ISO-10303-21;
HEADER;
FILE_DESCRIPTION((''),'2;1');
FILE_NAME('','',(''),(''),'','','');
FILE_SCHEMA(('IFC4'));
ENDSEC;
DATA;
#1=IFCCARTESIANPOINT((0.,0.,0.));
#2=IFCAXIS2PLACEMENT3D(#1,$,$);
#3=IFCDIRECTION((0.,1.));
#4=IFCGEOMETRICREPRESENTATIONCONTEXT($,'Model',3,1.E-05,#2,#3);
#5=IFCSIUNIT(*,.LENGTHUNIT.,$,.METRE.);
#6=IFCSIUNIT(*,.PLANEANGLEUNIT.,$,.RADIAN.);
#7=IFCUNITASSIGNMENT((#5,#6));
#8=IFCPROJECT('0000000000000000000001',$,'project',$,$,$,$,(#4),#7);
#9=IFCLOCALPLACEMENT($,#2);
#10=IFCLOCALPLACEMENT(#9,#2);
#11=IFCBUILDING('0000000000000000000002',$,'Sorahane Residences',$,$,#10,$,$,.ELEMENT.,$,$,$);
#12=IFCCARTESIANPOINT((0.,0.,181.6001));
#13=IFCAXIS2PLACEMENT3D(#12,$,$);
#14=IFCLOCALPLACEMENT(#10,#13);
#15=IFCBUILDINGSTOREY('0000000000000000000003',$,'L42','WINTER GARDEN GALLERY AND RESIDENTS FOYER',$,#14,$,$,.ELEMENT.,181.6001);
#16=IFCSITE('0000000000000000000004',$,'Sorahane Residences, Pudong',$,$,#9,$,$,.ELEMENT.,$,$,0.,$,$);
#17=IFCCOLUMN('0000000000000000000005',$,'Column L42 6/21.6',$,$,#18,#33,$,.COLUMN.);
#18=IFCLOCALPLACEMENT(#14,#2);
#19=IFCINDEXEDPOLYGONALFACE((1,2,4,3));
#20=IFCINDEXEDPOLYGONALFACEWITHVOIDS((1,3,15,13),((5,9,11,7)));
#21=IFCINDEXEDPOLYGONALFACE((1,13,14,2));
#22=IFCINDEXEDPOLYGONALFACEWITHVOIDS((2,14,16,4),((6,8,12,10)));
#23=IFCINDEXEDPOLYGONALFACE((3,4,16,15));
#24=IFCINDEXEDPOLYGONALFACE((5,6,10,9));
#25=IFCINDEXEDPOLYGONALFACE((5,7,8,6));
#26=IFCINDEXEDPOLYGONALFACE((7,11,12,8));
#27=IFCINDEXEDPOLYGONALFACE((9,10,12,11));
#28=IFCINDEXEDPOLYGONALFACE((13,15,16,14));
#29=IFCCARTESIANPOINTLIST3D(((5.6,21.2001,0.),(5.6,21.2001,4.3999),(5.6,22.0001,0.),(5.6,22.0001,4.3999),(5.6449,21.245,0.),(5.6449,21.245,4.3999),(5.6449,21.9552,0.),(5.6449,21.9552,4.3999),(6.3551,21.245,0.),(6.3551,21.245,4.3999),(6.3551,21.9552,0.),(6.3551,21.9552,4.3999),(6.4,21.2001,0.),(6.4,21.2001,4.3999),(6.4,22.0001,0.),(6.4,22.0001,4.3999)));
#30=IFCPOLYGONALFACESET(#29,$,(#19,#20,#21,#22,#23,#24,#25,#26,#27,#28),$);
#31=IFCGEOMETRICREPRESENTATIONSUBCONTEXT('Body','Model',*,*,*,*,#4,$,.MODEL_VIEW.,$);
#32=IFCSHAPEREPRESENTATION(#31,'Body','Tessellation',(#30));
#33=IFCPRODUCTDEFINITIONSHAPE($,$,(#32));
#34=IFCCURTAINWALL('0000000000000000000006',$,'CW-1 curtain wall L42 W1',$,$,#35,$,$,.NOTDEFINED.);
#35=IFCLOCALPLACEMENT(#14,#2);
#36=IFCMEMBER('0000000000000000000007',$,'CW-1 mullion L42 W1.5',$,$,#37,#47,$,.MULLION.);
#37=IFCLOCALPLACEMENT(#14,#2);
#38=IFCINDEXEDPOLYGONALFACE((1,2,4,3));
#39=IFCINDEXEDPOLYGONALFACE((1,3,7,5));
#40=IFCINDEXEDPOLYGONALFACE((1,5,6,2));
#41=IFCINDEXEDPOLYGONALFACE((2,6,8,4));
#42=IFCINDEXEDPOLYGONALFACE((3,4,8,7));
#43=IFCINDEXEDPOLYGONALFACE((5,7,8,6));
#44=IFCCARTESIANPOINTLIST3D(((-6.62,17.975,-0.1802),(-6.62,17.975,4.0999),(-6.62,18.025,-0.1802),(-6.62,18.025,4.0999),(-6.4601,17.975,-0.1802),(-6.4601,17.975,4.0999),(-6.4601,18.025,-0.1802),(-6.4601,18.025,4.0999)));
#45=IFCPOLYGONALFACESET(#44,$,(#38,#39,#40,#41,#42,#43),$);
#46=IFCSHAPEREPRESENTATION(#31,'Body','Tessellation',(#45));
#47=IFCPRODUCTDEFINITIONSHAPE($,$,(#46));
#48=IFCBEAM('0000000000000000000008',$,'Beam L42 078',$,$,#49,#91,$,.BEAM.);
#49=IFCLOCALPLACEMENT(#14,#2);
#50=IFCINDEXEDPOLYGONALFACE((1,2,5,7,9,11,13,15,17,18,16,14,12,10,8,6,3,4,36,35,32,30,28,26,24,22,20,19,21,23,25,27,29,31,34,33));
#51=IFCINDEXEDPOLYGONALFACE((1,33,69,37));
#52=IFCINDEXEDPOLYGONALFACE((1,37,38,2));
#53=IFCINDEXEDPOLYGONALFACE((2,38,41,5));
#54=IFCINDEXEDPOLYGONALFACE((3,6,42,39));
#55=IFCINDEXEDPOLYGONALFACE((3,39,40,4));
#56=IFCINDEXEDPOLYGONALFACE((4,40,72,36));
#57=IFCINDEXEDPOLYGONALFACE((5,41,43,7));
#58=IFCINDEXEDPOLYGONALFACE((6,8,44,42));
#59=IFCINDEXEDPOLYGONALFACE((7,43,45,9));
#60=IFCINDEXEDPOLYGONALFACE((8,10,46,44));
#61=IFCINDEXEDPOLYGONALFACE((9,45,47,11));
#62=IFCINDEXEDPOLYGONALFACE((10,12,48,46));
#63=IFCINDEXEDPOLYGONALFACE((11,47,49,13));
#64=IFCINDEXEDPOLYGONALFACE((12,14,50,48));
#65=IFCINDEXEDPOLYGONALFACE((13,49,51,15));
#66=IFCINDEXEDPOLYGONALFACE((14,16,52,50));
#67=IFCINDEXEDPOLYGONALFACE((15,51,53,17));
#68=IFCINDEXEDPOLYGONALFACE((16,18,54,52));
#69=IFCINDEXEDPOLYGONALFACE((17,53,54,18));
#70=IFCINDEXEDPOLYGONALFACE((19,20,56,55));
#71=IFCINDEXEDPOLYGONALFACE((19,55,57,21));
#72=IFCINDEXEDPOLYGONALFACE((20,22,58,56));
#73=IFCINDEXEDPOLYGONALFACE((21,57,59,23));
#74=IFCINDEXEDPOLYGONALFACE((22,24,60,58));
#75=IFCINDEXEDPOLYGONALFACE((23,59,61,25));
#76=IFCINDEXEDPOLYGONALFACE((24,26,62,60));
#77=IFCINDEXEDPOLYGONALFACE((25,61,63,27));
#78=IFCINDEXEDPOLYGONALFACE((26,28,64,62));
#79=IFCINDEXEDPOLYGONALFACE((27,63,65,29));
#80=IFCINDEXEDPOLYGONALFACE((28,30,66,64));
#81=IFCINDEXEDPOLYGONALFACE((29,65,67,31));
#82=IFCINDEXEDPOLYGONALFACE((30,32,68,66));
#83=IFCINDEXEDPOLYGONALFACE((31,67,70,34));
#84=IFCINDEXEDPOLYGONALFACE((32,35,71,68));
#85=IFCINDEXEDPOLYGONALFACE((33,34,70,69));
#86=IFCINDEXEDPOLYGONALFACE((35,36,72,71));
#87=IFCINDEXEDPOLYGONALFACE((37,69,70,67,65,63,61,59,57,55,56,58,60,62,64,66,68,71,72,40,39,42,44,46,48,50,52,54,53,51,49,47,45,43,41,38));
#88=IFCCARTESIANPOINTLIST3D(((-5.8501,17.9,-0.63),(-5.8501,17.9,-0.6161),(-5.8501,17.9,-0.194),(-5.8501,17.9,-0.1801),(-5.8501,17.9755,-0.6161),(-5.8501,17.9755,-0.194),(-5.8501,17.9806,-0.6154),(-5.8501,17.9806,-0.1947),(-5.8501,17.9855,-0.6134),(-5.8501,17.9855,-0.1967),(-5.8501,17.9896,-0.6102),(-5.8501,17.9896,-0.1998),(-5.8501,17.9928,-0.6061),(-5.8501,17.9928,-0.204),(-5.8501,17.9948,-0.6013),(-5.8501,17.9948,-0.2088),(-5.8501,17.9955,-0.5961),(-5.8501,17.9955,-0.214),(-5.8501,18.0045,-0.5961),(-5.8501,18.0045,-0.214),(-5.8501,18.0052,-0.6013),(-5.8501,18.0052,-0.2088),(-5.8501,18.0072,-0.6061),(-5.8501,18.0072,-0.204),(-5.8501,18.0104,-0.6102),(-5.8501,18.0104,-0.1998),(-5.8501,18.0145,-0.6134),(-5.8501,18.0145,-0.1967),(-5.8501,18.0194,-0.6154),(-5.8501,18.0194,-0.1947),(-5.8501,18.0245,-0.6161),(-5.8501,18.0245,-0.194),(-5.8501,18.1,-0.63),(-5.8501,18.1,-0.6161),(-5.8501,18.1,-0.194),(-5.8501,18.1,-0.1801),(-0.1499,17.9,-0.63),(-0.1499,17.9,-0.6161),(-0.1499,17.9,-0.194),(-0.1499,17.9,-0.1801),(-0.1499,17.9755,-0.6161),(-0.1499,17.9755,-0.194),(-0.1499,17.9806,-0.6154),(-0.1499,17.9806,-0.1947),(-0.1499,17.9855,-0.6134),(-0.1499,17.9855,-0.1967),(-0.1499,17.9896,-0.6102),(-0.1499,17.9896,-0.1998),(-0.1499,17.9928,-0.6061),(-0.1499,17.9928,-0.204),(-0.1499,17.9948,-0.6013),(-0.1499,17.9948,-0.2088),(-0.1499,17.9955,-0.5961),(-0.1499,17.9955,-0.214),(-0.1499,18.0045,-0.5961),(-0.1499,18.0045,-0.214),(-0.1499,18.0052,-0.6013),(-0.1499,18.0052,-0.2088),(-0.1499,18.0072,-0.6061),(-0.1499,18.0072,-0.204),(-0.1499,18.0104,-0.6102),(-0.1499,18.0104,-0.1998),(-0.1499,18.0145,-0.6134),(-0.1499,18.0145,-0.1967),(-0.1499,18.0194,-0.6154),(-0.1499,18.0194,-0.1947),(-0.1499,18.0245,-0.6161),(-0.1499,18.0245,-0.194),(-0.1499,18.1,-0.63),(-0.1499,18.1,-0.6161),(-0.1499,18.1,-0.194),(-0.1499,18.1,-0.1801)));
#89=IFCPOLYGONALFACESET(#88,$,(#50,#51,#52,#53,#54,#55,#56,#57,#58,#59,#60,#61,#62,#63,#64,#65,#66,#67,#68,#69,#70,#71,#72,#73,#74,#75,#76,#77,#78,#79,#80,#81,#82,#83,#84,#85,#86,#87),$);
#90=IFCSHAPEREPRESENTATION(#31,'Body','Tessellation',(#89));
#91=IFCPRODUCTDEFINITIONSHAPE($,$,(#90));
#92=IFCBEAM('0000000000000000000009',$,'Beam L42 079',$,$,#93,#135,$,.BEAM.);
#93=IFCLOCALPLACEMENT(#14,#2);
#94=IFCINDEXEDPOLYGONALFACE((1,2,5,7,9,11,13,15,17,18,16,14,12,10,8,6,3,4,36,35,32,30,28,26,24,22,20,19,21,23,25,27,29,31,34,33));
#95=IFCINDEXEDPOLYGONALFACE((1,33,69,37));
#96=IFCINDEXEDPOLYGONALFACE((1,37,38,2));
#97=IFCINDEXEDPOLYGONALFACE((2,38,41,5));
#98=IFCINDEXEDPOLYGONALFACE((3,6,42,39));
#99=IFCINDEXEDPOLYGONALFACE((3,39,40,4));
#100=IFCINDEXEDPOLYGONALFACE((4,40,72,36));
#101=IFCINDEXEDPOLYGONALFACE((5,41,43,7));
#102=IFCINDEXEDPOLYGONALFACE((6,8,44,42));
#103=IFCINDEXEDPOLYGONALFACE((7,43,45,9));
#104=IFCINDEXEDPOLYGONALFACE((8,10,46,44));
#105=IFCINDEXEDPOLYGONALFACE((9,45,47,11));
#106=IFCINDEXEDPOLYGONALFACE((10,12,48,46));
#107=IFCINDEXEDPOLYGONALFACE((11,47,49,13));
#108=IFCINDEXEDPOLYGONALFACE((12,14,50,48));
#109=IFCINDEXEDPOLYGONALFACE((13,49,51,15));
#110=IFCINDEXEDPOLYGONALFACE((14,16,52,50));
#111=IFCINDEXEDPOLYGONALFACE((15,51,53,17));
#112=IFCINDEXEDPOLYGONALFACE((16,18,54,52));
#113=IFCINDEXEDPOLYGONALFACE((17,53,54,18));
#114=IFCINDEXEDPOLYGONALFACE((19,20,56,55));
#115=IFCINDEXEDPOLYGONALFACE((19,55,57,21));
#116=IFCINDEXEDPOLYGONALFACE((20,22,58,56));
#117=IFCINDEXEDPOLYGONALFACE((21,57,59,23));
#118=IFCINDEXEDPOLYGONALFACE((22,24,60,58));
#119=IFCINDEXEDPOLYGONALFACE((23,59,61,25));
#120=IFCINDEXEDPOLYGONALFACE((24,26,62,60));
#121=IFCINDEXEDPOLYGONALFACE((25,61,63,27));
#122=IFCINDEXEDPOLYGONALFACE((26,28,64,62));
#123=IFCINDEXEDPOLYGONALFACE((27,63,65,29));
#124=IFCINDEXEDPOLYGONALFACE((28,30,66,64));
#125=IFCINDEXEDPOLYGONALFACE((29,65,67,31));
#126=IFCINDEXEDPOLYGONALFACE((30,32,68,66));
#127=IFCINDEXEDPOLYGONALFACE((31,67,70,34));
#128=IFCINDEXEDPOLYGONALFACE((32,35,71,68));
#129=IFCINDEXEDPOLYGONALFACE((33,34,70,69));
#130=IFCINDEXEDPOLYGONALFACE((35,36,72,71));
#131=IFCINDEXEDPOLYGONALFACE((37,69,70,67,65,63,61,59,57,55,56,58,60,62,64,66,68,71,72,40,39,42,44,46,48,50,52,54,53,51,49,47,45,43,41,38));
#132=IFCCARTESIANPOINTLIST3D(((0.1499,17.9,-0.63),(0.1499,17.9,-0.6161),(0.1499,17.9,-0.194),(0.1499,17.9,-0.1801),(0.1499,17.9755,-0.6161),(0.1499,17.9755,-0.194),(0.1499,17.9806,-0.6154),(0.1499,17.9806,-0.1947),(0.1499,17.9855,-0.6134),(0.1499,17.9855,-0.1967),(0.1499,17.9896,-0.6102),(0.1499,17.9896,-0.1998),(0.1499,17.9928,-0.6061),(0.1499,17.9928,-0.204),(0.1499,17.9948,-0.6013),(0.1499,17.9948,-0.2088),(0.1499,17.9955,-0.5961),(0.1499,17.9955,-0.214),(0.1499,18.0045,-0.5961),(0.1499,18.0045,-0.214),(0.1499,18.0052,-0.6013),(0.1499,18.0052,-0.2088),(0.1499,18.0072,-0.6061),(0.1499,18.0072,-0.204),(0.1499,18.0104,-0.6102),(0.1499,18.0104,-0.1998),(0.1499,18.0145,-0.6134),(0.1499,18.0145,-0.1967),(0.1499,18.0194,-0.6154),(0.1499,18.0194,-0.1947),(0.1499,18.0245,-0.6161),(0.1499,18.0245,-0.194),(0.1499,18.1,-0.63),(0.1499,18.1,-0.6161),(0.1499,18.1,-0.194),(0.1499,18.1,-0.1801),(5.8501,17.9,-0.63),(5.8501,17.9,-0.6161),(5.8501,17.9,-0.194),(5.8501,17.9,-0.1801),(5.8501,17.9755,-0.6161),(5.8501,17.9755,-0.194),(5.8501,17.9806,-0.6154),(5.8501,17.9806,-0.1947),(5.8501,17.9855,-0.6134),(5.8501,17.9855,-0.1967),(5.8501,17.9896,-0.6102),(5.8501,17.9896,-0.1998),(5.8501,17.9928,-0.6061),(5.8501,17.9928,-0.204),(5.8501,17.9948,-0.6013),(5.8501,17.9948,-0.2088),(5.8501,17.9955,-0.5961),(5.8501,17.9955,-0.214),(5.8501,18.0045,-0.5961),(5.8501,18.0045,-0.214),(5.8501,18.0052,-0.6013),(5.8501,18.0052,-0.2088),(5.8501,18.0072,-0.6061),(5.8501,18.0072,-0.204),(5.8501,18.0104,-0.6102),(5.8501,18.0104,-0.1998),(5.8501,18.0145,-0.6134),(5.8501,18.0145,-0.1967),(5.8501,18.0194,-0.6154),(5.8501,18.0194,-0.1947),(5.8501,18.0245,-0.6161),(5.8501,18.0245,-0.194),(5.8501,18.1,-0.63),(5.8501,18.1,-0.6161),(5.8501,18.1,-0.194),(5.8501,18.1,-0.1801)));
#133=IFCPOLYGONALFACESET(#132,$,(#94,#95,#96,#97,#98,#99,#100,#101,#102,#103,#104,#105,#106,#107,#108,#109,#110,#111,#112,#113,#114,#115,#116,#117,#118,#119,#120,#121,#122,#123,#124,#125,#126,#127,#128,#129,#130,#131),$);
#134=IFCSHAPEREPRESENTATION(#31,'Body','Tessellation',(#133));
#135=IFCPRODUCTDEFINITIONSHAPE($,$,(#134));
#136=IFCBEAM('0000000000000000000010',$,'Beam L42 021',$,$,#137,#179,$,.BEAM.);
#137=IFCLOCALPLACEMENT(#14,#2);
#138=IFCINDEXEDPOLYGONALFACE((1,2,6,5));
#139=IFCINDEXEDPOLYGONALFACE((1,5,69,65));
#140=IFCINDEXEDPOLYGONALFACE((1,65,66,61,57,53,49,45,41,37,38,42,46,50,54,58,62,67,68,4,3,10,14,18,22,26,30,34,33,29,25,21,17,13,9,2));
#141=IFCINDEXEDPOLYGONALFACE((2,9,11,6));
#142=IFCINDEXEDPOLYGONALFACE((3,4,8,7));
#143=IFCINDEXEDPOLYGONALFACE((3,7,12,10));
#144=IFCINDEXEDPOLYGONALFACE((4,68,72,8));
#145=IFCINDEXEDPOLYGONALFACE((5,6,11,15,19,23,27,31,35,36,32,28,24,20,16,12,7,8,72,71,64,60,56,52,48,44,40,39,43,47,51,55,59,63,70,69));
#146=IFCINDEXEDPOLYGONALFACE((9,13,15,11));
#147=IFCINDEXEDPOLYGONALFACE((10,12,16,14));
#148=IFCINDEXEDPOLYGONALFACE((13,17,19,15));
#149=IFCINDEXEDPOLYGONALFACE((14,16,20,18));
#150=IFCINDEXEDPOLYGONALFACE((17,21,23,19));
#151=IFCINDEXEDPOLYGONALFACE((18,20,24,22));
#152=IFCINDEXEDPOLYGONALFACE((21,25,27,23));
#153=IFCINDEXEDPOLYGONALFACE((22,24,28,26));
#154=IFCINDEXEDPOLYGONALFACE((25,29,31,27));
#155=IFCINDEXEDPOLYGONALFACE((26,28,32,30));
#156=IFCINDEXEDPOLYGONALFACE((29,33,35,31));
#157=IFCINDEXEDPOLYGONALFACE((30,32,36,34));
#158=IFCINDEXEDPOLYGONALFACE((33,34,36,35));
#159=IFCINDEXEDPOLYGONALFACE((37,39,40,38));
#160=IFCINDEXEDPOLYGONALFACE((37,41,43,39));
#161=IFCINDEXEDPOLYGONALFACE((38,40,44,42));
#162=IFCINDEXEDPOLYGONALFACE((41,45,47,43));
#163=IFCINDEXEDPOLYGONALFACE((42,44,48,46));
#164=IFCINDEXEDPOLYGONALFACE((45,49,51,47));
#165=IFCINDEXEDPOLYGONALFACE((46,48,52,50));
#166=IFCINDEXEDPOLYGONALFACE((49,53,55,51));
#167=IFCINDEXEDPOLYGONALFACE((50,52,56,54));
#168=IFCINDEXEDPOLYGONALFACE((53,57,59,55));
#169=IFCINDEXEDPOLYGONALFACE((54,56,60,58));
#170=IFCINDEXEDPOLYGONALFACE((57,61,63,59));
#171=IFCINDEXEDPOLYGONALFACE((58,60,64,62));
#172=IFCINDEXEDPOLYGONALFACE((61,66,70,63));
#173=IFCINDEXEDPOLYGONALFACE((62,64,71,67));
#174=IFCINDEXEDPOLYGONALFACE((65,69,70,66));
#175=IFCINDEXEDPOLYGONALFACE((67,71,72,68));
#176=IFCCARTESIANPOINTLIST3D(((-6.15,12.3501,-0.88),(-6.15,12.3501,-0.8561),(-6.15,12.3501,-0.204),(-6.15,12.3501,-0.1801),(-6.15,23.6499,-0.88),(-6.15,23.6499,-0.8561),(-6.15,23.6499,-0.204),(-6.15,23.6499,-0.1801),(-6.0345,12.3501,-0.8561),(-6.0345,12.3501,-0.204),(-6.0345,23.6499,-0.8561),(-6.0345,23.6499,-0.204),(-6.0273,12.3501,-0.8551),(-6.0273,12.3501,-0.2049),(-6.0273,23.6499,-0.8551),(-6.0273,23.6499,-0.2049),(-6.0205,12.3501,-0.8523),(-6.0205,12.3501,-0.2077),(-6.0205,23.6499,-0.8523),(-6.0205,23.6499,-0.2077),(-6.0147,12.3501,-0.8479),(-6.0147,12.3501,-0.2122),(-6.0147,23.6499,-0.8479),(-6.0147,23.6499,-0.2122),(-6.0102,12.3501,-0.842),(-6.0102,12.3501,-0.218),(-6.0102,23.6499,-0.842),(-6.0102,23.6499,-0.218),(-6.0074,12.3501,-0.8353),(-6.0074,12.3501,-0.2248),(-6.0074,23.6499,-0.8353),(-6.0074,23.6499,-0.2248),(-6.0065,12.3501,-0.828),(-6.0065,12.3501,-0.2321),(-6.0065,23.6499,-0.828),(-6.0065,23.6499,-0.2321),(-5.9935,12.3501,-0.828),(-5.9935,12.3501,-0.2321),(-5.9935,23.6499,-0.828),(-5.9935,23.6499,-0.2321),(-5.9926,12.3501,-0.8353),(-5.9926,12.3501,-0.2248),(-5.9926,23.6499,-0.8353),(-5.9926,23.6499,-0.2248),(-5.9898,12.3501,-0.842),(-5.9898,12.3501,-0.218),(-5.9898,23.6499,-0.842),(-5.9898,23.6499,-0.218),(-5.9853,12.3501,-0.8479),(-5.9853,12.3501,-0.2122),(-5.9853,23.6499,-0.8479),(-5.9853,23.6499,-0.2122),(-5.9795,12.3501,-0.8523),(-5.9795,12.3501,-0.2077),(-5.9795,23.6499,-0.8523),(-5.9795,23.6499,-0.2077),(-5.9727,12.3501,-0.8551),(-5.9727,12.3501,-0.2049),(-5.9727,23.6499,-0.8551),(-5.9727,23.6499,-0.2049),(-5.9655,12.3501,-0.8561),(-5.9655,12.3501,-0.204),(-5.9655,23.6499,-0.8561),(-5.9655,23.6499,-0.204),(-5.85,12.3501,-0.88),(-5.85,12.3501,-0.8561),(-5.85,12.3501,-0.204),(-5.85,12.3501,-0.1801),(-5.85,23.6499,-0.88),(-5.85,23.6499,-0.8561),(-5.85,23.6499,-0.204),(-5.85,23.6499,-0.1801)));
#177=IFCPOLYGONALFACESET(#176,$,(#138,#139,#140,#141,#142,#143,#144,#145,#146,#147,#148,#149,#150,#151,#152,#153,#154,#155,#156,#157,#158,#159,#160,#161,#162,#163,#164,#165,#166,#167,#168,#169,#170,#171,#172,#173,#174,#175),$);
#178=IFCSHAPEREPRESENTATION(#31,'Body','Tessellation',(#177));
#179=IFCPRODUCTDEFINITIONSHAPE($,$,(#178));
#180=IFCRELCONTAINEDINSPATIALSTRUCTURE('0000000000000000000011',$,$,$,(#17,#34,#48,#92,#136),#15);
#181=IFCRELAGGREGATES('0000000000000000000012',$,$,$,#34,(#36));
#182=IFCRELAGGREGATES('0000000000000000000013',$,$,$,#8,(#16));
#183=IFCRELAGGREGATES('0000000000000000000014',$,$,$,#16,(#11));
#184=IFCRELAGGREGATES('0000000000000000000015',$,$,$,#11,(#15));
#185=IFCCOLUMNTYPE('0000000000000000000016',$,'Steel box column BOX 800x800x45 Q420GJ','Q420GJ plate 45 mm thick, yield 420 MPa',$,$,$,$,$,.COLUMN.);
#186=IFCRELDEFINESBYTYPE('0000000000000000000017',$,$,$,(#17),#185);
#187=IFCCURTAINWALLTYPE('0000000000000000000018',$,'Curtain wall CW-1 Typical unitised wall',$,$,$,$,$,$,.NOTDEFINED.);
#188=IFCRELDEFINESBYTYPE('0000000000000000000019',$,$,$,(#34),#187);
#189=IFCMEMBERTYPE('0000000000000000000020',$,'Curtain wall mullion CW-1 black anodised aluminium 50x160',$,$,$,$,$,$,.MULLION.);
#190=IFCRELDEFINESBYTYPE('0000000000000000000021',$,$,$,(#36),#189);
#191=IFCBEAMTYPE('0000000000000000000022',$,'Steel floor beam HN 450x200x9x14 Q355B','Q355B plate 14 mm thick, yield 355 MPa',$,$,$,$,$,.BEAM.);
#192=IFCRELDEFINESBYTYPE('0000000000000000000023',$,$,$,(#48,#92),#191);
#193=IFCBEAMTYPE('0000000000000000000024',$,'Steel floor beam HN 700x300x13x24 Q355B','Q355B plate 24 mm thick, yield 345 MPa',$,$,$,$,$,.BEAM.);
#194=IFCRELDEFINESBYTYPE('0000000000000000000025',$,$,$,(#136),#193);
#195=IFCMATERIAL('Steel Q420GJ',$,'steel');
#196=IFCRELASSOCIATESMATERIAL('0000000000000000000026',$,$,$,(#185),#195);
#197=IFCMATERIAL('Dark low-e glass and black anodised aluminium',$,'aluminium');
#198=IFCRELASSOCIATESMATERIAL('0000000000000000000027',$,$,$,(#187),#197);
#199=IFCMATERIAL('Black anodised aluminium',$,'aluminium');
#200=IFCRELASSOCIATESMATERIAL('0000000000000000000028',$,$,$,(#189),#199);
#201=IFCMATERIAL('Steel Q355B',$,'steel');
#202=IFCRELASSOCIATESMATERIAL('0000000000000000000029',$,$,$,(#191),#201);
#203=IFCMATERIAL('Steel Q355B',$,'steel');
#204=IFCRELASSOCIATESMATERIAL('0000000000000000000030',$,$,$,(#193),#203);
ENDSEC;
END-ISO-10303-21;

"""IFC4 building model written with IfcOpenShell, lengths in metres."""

from ifc_helpers import new_model, si_unit, direction, frame, origin, origin_2d, place, context, subcontext, project, spatial, rectangle, hollow_rectangle, i_section, extrude, material, material_profile, profile_set, type_object, element, aggregate, save


model = new_model("IFC4")

# Units and contexts
model_context = context("Model", 3, precision=1e-05, world=origin(), true_north=direction((0.0, 1.0)))
body_context = subcontext(model_context, "Body", "Model", "MODEL_VIEW")
ifc_project = project(units=[si_unit("LENGTHUNIT", "METRE"), si_unit("PLANEANGLEUNIT", "RADIAN")], contexts=[model_context])

# Site, building, storey
site_placement = place(None, origin())
site = spatial("IfcSite", under=ifc_project, at=site_placement, Name="Sorahane Residences, Pudong", CompositionType="ELEMENT", RefElevation=0.0)
building_placement = place(site_placement, origin())
building = spatial("IfcBuilding", under=site, at=building_placement, Name="Sorahane Residences", CompositionType="ELEMENT")
storey_placement = place(building_placement, frame((0.0, 0.0, 181.6001)))
storey = spatial("IfcBuildingStorey", under=building, at=storey_placement, Name="L42", Description="WINTER GARDEN GALLERY AND RESIDENTS FOYER", CompositionType="ELEMENT", Elevation=181.6001)

# Column
ifc_material_1 = material(Name="Steel Q420GJ", Category="steel")
ifc_material_profile_1 = material_profile(ifc_material_1, hollow_rectangle(XDim=0.8, YDim=0.8, WallThickness=0.0449, at=origin_2d()), Name="BOX 800x800x45")
ifc_profile_set_1 = profile_set([ifc_material_profile_1], Name="Steel Q420GJ")
column_type = type_object("IfcColumnType", Name="Steel box column BOX 800x800x45 Q420GJ", Description="Q420GJ plate 45 mm thick, yield 420 MPa", PredefinedType="COLUMN", material=ifc_profile_set_1)
column_placement = place(storey_placement, frame((6.0, 21.6001, 0.0), z_axis=(0.0, 0.0, 1.0), x_axis=(1.0, 0.0, 0.0)))
element("IfcColumn", 1, at=column_placement, inside=storey, type_object=column_type, Name="Column L42 6/21.6", PredefinedType="COLUMN", context=body_context, shape_type="SweptSolid", body=[
    extrude(hollow_rectangle(XDim=0.8, YDim=0.8, WallThickness=0.0449, at=origin_2d()), origin(), (0.0, 0.0, 1.0), 4.3999),
])

# Curtain wall, member
ifc_material_2 = material(Name="Dark low-e glass and black anodised aluminium", Category="aluminium")
curtain_wall_type = type_object("IfcCurtainWallType", Name="Curtain wall CW-1 Typical unitised wall", PredefinedType="NOTDEFINED", material=ifc_material_2)
curtain_wall_placement = place(storey_placement, origin())
curtain_wall = element("IfcCurtainWall", 2, at=curtain_wall_placement, inside=storey, type_object=curtain_wall_type, Name="CW-1 curtain wall L42 W1", PredefinedType="NOTDEFINED")
ifc_material_3 = material(Name="Black anodised aluminium", Category="aluminium")
ifc_material_profile_2 = material_profile(ifc_material_3, rectangle(XDim=0.1599, YDim=0.05, at=origin_2d()), Name="Curtain wall mullion CW-1 black anodised aluminium 50x160")
ifc_profile_set_2 = profile_set([ifc_material_profile_2], Name="Black anodised aluminium")
member_type = type_object("IfcMemberType", Name="Curtain wall mullion CW-1 black anodised aluminium 50x160", PredefinedType="MULLION", material=ifc_profile_set_2)
member_placement = place(storey_placement, frame((-6.54, 18.0, -0.1802), z_axis=(0.0, 0.0, 1.0), x_axis=(-1.0, 0.0, 0.0)))
member = element("IfcMember", 3, at=member_placement, type_object=member_type, Name="CW-1 mullion L42 W1.5", PredefinedType="MULLION", context=body_context, shape_type="SweptSolid", body=[
    extrude(rectangle(XDim=0.1599, YDim=0.05, at=origin_2d()), origin(), (0.0, 0.0, 1.0), 4.28),
])

# Beams
ifc_material_4 = material(Name="Steel Q355B", Category="steel")
ifc_material_profile_3 = material_profile(ifc_material_4, i_section(OverallWidth=0.2, OverallDepth=0.45, WebThickness=0.009, FlangeThickness=0.0139, FilletRadius=0.02, at=origin_2d()), Name="HN 450x200x9x14")
ifc_profile_set_3 = profile_set([ifc_material_profile_3], Name="Steel Q355B")
beam_type_1 = type_object("IfcBeamType", Name="Steel floor beam HN 450x200x9x14 Q355B", Description="Q355B plate 14 mm thick, yield 355 MPa", PredefinedType="BEAM", material=ifc_profile_set_3)
for number, where, z_axis, x_axis, name in (
    (4, (-5.8501, 18.0, -0.405), (1.0, 0.0, 0.0), (0.0, 1.0, 0.0), "Beam L42 078"),
    (5, (0.1499, 18.0, -0.405), (1.0, 0.0, 0.0), (0.0, 1.0, 0.0), "Beam L42 079"),
):
    element("IfcBeam", number, at=place(storey_placement, frame(where, z_axis=z_axis, x_axis=x_axis)), inside=storey, type_object=beam_type_1, Name=name, PredefinedType="BEAM", context=body_context, shape_type="SweptSolid", body=[
        extrude(i_section(OverallWidth=0.2, OverallDepth=0.45, WebThickness=0.009, FlangeThickness=0.0139, FilletRadius=0.02, at=origin_2d()), origin(), (0.0, 0.0, 1.0), 5.7002),
    ])
ifc_material_5 = material(Name="Steel Q355B", Category="steel")
ifc_material_profile_4 = material_profile(ifc_material_5, i_section(OverallWidth=0.3, OverallDepth=0.7, WebThickness=0.0129, FlangeThickness=0.0239, FilletRadius=0.0281, at=origin_2d()), Name="HN 700x300x13x24")
ifc_profile_set_4 = profile_set([ifc_material_profile_4], Name="Steel Q355B")
beam_type_2 = type_object("IfcBeamType", Name="Steel floor beam HN 700x300x13x24 Q355B", Description="Q355B plate 24 mm thick, yield 345 MPa", PredefinedType="BEAM", material=ifc_profile_set_4)
beam_1_placement = place(storey_placement, frame((-6.0, 12.3501, -0.53), z_axis=(0.0, 1.0, 0.0), x_axis=(-1.0, 0.0, 0.0)))
element("IfcBeam", 6, at=beam_1_placement, inside=storey, type_object=beam_type_2, Name="Beam L42 021", PredefinedType="BEAM", context=body_context, shape_type="SweptSolid", body=[
    extrude(i_section(OverallWidth=0.3, OverallDepth=0.7, WebThickness=0.0129, FlangeThickness=0.0239, FilletRadius=0.0281, at=origin_2d()), origin(), (0.0, 0.0, 1.0), 11.2998),
])

aggregate(curtain_wall, [member])

save(model, "model.ifc")
